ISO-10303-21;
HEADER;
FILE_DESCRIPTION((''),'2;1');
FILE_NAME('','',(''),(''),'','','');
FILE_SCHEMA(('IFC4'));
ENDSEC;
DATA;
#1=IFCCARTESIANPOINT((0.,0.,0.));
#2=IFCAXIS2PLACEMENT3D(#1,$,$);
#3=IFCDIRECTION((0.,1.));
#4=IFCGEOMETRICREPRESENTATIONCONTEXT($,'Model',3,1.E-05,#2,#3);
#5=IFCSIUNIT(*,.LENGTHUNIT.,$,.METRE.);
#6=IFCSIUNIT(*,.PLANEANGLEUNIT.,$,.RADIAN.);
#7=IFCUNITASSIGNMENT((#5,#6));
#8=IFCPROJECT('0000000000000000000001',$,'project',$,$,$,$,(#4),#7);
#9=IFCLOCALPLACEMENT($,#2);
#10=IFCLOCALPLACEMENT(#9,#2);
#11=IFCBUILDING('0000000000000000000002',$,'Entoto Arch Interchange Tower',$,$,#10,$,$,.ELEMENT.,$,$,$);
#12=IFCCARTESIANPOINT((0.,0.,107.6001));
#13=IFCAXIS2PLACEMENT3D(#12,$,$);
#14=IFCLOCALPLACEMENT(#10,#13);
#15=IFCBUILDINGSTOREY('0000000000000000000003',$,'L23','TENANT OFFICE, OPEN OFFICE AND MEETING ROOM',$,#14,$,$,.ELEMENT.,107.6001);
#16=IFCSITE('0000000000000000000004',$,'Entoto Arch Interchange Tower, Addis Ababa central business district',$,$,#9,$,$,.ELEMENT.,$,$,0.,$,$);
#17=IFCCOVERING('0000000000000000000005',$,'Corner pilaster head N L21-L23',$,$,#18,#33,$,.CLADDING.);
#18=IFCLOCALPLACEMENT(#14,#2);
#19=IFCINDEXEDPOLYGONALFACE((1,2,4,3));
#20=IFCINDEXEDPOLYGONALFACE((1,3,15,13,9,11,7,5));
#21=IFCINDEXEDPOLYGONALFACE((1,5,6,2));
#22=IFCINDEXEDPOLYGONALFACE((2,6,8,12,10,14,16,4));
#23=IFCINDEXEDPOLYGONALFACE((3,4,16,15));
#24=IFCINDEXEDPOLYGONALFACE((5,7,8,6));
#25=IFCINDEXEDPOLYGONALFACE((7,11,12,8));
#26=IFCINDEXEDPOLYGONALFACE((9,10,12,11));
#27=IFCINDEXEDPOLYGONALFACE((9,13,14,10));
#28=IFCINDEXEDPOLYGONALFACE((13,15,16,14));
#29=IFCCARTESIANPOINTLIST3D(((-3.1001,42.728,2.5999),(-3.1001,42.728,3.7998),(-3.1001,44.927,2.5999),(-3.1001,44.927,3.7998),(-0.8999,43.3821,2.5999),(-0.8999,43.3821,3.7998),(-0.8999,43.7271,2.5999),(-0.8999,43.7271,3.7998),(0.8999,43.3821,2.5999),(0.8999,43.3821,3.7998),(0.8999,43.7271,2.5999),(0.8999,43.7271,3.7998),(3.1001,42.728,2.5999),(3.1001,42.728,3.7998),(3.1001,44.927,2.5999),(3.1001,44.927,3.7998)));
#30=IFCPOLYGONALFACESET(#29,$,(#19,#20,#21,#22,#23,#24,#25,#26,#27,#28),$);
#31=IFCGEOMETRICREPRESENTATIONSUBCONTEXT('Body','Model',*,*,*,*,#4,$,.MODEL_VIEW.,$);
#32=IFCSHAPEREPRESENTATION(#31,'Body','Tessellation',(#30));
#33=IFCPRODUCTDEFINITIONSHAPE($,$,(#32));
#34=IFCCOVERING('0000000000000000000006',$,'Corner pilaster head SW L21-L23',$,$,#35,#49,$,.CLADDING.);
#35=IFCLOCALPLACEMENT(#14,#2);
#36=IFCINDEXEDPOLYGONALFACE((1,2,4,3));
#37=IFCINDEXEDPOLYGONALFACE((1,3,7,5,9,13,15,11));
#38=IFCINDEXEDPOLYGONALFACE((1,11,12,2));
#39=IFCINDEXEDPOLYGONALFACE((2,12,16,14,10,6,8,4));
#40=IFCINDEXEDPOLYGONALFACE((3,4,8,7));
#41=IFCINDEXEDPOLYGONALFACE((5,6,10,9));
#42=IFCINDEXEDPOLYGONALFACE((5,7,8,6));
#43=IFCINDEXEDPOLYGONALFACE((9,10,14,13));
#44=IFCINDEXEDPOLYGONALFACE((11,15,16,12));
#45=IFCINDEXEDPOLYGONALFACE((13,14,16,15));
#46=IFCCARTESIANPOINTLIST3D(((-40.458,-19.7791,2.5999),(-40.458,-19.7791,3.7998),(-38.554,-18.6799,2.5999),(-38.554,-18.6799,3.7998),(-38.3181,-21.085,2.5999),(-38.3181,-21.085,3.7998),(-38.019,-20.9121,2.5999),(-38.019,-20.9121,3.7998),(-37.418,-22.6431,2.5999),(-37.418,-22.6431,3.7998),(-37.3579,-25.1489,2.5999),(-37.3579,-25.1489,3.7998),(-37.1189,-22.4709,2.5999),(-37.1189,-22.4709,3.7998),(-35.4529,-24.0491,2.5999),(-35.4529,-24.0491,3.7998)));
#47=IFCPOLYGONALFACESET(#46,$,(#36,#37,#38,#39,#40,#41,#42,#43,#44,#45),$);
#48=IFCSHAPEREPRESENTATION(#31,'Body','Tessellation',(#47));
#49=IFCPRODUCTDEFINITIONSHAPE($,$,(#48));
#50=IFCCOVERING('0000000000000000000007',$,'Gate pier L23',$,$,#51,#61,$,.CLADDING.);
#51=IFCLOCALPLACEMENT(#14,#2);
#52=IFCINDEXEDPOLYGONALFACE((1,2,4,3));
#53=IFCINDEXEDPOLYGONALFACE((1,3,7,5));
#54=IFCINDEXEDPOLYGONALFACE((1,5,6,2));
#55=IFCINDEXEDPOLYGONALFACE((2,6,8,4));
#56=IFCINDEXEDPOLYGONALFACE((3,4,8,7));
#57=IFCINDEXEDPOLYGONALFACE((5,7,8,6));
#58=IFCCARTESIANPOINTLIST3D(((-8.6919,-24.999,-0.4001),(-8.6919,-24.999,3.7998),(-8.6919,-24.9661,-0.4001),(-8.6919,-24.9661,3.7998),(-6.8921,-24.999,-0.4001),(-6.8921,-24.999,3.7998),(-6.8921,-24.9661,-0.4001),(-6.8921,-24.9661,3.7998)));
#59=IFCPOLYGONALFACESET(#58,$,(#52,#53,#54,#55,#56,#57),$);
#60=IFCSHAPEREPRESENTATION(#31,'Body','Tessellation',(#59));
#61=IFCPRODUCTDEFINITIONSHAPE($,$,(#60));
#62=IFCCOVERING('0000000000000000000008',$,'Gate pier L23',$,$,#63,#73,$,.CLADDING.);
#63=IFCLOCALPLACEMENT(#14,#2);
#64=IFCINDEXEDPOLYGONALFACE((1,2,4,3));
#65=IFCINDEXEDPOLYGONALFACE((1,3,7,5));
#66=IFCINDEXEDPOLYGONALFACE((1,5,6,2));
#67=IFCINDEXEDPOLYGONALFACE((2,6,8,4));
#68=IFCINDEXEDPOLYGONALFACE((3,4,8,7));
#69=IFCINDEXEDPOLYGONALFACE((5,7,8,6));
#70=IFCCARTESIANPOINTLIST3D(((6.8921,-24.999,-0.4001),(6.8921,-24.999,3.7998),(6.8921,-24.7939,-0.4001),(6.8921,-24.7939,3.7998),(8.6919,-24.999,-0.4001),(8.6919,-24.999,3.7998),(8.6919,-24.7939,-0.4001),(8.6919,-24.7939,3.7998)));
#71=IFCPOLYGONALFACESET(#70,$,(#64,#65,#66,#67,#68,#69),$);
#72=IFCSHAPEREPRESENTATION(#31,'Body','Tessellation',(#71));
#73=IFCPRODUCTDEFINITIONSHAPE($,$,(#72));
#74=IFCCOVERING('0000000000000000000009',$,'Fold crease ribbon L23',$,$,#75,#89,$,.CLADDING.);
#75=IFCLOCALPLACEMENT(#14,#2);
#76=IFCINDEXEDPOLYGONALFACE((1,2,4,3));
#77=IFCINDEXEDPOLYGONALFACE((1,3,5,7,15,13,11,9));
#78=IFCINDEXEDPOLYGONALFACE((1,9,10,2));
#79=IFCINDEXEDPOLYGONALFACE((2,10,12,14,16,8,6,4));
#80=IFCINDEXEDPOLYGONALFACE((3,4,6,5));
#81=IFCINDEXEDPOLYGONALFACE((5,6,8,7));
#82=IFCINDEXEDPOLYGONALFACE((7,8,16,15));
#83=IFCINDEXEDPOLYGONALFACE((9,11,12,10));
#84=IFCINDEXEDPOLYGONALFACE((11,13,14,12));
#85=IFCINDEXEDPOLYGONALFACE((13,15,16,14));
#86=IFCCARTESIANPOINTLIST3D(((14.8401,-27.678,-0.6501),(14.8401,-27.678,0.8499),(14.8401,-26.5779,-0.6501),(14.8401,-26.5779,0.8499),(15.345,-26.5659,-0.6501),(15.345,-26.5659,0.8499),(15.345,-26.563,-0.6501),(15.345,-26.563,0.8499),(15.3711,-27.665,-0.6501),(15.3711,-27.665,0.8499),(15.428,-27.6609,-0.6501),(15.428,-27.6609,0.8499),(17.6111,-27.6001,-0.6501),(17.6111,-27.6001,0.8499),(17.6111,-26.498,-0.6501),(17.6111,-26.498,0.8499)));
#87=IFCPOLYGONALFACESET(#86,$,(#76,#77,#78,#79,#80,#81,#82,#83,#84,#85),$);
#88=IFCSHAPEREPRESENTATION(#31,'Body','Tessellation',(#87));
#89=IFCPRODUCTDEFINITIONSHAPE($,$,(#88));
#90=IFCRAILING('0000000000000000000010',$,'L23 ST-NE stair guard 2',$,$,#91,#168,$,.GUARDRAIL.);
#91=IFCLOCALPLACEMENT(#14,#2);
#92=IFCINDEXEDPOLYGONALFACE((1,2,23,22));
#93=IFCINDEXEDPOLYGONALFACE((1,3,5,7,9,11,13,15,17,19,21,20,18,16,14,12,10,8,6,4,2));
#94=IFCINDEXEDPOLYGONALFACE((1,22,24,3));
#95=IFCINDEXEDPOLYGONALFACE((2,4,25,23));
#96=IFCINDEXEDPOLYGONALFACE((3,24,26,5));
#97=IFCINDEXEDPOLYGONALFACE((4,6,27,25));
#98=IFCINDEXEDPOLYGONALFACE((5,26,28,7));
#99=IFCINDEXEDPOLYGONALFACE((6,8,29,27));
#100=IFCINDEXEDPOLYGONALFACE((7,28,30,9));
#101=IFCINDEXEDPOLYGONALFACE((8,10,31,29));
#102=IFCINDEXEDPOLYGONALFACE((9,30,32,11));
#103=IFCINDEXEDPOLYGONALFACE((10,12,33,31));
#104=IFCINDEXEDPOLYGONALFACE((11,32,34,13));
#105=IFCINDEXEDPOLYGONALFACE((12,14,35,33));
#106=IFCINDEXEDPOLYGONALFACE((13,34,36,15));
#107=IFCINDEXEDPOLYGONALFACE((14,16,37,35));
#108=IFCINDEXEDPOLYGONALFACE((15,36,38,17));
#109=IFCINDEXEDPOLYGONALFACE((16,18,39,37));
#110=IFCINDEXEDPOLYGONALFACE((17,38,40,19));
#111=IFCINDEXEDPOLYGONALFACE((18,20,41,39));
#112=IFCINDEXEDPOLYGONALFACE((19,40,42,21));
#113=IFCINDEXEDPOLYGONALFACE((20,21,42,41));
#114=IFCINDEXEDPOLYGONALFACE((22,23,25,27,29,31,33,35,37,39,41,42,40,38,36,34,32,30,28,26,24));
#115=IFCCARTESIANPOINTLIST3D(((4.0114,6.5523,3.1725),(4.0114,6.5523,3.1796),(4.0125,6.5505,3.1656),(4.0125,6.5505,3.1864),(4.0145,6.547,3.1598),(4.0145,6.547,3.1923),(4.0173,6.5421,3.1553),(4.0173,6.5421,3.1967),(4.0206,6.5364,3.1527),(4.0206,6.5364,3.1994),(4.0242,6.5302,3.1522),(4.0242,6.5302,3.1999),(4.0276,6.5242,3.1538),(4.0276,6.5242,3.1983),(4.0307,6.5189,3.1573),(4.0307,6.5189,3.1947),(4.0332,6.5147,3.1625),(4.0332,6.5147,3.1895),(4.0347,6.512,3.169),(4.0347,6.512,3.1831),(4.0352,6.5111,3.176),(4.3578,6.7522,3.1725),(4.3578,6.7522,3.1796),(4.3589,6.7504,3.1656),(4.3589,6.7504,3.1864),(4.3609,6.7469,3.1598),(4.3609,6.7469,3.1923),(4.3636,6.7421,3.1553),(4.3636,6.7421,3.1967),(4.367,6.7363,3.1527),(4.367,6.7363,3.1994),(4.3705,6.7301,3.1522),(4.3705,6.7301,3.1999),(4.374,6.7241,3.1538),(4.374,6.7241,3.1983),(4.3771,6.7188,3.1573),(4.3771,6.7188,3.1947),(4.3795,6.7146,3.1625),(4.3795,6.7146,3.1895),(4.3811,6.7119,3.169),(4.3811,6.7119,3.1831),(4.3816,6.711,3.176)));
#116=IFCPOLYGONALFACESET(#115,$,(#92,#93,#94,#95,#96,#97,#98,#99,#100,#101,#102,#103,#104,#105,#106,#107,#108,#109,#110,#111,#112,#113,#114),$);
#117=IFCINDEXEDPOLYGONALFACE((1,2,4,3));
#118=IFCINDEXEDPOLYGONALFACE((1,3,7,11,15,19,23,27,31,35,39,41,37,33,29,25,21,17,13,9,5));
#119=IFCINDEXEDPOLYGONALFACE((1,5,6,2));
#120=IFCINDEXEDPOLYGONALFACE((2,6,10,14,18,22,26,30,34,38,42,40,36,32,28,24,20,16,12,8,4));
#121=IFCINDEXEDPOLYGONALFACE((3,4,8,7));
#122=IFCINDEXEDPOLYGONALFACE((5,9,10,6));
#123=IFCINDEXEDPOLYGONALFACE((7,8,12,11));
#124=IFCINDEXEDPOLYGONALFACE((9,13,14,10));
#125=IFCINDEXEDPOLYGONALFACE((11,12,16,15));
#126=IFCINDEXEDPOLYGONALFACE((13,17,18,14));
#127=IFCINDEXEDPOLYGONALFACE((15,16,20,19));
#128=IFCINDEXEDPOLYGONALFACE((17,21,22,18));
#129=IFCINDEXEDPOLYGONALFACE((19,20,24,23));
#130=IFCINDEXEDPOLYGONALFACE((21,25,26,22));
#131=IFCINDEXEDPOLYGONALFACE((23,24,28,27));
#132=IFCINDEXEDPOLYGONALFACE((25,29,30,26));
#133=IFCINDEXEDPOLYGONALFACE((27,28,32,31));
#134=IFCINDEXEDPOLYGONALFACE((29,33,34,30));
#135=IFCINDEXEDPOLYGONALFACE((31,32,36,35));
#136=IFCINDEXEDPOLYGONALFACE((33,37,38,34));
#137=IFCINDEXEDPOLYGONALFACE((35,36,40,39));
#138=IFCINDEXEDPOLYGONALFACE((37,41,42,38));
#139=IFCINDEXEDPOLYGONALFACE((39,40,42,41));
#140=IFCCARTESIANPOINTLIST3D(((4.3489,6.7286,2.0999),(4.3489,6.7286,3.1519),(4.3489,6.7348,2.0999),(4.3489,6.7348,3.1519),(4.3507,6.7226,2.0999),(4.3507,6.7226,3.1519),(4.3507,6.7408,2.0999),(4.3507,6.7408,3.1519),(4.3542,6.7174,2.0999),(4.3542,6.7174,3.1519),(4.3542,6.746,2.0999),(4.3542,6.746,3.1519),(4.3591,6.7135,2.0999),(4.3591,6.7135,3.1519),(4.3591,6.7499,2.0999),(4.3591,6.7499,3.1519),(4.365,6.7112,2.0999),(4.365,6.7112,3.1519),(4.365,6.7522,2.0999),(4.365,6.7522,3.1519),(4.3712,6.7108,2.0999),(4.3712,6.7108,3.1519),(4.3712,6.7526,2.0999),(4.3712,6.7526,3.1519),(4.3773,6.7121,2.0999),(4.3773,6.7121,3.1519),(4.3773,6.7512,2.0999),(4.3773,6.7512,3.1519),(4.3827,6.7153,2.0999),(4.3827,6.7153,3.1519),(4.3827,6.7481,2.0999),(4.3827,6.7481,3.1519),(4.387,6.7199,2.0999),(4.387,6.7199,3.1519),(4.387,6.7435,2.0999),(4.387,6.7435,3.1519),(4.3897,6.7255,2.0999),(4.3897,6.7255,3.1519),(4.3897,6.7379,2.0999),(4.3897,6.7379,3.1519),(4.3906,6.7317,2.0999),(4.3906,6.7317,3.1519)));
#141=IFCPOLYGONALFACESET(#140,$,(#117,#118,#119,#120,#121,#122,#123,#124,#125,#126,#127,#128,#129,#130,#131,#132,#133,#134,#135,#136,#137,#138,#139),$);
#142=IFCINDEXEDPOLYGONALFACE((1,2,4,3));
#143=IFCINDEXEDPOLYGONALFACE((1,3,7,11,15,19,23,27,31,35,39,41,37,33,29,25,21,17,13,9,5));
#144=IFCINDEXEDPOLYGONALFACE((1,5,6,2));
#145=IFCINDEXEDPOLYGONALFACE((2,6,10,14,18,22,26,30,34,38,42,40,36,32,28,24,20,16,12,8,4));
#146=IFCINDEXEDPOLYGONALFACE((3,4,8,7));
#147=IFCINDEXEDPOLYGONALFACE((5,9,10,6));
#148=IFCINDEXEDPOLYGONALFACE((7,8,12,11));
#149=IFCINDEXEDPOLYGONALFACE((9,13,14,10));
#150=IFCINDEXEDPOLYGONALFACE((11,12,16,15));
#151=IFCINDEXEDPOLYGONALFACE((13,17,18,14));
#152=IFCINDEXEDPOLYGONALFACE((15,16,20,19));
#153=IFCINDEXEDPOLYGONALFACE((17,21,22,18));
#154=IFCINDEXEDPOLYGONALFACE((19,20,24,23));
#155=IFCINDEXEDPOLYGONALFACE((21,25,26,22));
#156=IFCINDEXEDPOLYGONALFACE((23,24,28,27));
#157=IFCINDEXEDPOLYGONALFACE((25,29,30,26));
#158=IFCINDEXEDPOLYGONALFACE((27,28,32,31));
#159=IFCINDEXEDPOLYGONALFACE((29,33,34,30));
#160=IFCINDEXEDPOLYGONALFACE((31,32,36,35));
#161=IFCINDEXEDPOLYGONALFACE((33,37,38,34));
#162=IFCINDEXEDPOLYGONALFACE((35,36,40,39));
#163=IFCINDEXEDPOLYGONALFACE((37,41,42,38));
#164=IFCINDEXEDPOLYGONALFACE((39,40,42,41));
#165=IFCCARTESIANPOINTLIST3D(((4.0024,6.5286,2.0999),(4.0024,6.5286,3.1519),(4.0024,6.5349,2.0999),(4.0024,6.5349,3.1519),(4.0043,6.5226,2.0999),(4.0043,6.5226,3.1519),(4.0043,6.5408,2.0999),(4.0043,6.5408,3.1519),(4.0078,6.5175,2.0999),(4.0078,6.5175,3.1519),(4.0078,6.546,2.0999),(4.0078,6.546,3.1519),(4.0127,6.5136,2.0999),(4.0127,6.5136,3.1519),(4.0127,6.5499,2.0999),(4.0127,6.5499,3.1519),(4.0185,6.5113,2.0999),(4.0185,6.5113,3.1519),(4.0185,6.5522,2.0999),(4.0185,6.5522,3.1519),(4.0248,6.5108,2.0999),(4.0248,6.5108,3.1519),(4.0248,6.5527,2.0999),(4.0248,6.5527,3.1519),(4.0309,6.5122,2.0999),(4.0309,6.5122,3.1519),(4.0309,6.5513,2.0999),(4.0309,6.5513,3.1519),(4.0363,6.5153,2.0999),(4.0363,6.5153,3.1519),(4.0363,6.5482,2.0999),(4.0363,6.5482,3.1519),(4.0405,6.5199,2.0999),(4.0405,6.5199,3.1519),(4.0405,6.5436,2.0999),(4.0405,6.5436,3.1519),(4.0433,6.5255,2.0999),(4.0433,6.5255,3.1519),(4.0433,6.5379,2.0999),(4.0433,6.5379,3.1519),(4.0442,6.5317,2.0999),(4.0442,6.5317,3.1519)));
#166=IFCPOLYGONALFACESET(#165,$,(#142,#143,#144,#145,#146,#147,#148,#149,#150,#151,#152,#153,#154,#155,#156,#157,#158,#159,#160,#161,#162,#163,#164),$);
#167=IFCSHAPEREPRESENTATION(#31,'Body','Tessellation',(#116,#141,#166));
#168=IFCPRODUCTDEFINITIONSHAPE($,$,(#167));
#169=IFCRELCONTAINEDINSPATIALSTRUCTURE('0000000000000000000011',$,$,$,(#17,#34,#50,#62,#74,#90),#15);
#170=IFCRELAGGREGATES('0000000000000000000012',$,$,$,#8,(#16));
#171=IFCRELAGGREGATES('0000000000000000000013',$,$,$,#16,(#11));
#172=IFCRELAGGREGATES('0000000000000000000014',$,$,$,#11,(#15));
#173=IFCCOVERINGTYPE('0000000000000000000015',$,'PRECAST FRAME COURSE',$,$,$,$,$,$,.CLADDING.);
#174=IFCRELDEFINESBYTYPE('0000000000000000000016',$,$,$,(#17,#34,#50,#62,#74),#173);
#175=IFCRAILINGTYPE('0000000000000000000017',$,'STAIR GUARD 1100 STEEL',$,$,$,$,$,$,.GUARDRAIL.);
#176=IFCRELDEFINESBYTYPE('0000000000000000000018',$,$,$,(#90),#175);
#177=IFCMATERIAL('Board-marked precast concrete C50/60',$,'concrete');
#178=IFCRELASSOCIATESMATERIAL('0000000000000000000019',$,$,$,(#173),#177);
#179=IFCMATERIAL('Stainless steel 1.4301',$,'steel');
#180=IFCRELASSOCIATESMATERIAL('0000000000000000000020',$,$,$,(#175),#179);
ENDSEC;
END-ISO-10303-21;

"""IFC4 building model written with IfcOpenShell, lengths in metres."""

from ifc_helpers import new_model, si_unit, direction, frame, origin, origin_2d, place, context, subcontext, project, spatial, polyline, circle, outline, extrude, material, type_object, element, save


model = new_model("IFC4")

# Units and contexts
model_context = context("Model", 3, precision=1e-05, world=origin(), true_north=direction((0.0, 1.0)))
body_context = subcontext(model_context, "Body", "Model", "MODEL_VIEW")
ifc_project = project(units=[si_unit("LENGTHUNIT", "METRE"), si_unit("PLANEANGLEUNIT", "RADIAN")], contexts=[model_context])

# Site, building, storey
site_placement = place(None, origin())
site = spatial("IfcSite", under=ifc_project, at=site_placement, Name="Entoto Arch Interchange Tower, Addis Ababa central business district", CompositionType="ELEMENT", RefElevation=0.0)
building_placement = place(site_placement, origin())
building = spatial("IfcBuilding", under=site, at=building_placement, Name="Entoto Arch Interchange Tower", CompositionType="ELEMENT")
storey_placement = place(building_placement, frame((0.0, 0.0, 107.6001)))
storey = spatial("IfcBuildingStorey", under=building, at=storey_placement, Name="L23", Description="TENANT OFFICE, OPEN OFFICE AND MEETING ROOM", CompositionType="ELEMENT", Elevation=107.6001)

# Shared definitions
ifc_material_1 = material(Name="Board-marked precast concrete C50/60", Category="concrete")

# Coverings
covering_type = type_object("IfcCoveringType", Name="PRECAST FRAME COURSE", PredefinedType="CLADDING", material=ifc_material_1)
covering_1_placement = place(storey_placement, frame((0.0, 0.0, 2.5999)))
element("IfcCovering", 1, at=covering_1_placement, inside=storey, type_object=covering_type, Name="Corner pilaster head N L21-L23", PredefinedType="CLADDING", context=body_context, shape_type="SweptSolid", body=[
    extrude(outline(polyline([(-3.1001, 44.927), (3.1001, 44.927), (3.1001, 42.728), (0.8999, 43.3821), (0.8999, 43.7271), (-0.8999, 43.7271), (-0.8999, 43.3821), (-3.1001, 42.728), (-3.1001, 44.927)])), origin(), (0.0, 0.0, 1.0), 1.2),
])
covering_2_placement = place(storey_placement, frame((0.0, 0.0, 2.5999)))
element("IfcCovering", 2, at=covering_2_placement, inside=storey, type_object=covering_type, Name="Corner pilaster head SW L21-L23", PredefinedType="CLADDING", context=body_context, shape_type="SweptSolid", body=[
    extrude(outline(polyline([(-37.3579, -25.1489), (-40.458, -19.7791), (-38.554, -18.6799), (-38.019, -20.9121), (-38.3181, -21.085), (-37.418, -22.6431), (-37.1189, -22.4709), (-35.4529, -24.0491), (-37.3579, -25.1489)])), origin(), (0.0, 0.0, 1.0), 1.2),
])
covering_3_placement = place(storey_placement, frame((0.0, 0.0, -0.4001)))
element("IfcCovering", 3, at=covering_3_placement, inside=storey, type_object=covering_type, Name="Gate pier L23", PredefinedType="CLADDING", context=body_context, shape_type="SweptSolid", body=[
    extrude(outline(polyline([(-8.6919, -24.9661), (-6.8921, -24.9661), (-6.8921, -24.999), (-8.6919, -24.999), (-8.6919, -24.9661)])), origin(), (0.0, 0.0, 1.0), 4.2),
])
covering_4_placement = place(storey_placement, frame((0.0, 0.0, -0.4001)))
element("IfcCovering", 4, at=covering_4_placement, inside=storey, type_object=covering_type, Name="Gate pier L23", PredefinedType="CLADDING", context=body_context, shape_type="SweptSolid", body=[
    extrude(outline(polyline([(6.8921, -24.7939), (8.6919, -24.7939), (8.6919, -24.999), (6.8921, -24.999), (6.8921, -24.7939)])), origin(), (0.0, 0.0, 1.0), 4.2),
])
covering_5_placement = place(storey_placement, frame((0.0, 0.0, -0.6501)))
element("IfcCovering", 5, at=covering_5_placement, inside=storey, type_object=covering_type, Name="Fold crease ribbon L23", PredefinedType="CLADDING", context=body_context, shape_type="SweptSolid", body=[
    extrude(outline(polyline([(15.428, -27.6609), (15.3711, -27.665), (14.8401, -27.678), (14.8401, -26.5779), (15.345, -26.5659), (15.345, -26.563), (17.6111, -26.498), (17.6111, -27.6001), (15.428, -27.6609)])), origin(), (0.0, 0.0, 1.0), 1.5),
])

# Railing
ifc_material_2 = material(Name="Stainless steel 1.4301", Category="steel")
railing_type_1 = type_object("IfcRailingType", Name="STAIR GUARD 1100 STEEL", PredefinedType="GUARDRAIL", material=ifc_material_2)
railing_1_placement = place(storey_placement, frame((4.3696, 6.7317, 2.0999)))
element("IfcRailing", 6, at=railing_1_placement, inside=storey, type_object=railing_type_1, Name="L23 ST-NE stair guard 2", PredefinedType="GUARDRAIL", context=body_context, shape_type="SweptSolid", body=[
    extrude(circle(Radius=0.0239, at=origin_2d()), frame((0.0, 0.0, 1.0762), z_axis=(-0.866094, -0.499881, 0.0), x_axis=(0.499881, -0.866094, 0.0)), (0.0, 0.0, 1.0), 0.3999),
    extrude(circle(Radius=0.021, at=origin_2d()), origin(), (0.0, 0.0, 1.0), 1.052),
    extrude(circle(Radius=0.021, at=origin_2d()), frame((-0.3464, -0.2, 0.0)), (0.0, 0.0, 1.0), 1.052),
])

save(model, "model.ifc")
